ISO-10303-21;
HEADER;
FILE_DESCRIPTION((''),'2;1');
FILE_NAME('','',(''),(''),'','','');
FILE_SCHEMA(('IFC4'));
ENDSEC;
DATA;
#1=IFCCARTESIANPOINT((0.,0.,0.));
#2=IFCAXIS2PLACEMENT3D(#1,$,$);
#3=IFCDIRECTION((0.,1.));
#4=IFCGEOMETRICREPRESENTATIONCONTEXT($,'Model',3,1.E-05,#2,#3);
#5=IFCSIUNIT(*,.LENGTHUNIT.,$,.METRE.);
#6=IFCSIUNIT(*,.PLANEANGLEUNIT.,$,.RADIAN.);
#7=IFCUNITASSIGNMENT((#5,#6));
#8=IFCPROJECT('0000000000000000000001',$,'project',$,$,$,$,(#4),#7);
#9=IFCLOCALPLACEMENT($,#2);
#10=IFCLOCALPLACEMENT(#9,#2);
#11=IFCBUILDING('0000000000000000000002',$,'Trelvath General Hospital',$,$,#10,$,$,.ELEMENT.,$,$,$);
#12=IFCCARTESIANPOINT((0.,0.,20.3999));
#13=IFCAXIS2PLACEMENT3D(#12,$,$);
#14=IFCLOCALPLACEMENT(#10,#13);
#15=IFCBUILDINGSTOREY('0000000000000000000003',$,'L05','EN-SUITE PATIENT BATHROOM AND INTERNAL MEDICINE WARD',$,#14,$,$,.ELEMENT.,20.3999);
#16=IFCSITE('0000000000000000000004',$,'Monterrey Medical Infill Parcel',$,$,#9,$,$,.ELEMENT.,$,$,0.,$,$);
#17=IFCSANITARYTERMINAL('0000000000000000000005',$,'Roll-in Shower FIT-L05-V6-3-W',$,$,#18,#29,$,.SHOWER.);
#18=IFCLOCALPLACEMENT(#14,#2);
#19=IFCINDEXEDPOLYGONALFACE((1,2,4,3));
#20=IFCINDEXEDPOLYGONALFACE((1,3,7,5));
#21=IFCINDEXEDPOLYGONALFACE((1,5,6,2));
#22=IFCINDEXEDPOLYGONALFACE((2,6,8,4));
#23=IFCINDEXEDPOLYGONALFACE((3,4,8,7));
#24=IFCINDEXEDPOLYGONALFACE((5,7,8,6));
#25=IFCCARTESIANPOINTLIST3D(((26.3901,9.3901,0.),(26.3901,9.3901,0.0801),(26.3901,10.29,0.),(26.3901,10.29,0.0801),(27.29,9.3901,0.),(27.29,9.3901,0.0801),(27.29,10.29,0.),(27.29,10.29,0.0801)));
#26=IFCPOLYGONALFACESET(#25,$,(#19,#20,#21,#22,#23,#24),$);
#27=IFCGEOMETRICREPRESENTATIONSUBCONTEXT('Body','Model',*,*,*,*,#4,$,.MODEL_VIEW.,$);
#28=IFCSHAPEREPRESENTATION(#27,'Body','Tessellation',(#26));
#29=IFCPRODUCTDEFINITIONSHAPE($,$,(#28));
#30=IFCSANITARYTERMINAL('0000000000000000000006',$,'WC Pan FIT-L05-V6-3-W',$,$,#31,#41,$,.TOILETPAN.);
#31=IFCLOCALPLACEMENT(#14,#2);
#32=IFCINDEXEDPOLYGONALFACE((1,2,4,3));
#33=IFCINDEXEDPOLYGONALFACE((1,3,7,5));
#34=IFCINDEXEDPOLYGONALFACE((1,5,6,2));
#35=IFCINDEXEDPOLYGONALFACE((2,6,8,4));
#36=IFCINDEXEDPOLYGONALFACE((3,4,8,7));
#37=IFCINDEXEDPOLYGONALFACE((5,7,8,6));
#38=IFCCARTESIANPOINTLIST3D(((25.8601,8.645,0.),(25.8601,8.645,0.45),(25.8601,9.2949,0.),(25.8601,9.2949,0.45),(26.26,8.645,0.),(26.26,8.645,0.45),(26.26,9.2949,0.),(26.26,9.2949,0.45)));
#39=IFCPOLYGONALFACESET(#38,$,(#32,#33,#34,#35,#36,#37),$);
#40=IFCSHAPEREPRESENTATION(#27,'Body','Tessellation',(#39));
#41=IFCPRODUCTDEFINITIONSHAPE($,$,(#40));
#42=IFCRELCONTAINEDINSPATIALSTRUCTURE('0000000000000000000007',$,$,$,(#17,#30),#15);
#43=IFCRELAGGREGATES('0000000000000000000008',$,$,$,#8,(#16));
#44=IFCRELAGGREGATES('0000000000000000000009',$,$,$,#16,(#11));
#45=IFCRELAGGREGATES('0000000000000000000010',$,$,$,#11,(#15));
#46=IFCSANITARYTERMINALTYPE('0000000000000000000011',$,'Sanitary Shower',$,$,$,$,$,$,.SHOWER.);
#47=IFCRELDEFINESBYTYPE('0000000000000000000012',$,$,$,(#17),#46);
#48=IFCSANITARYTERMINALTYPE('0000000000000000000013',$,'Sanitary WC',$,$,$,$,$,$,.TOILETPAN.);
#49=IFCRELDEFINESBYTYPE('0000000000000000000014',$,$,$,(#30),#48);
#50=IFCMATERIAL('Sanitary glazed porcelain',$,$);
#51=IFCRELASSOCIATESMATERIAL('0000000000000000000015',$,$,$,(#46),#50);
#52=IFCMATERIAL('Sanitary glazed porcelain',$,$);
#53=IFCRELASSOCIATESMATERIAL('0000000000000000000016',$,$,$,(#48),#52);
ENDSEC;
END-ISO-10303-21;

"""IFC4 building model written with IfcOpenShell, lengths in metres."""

from ifc_helpers import new_model, si_unit, direction, frame, origin, origin_2d, place, context, subcontext, project, spatial, rectangle, extrude, material, type_object, element, save


model = new_model("IFC4")

# Units and contexts
model_context = context("Model", 3, precision=1e-05, world=origin(), true_north=direction((0.0, 1.0)))
body_context = subcontext(model_context, "Body", "Model", "MODEL_VIEW")
ifc_project = project(units=[si_unit("LENGTHUNIT", "METRE"), si_unit("PLANEANGLEUNIT", "RADIAN")], contexts=[model_context])

# Site, building, storey
site_placement = place(None, origin())
site = spatial("IfcSite", under=ifc_project, at=site_placement, Name="Monterrey Medical Infill Parcel", CompositionType="ELEMENT", RefElevation=0.0)
building_placement = place(site_placement, origin())
building = spatial("IfcBuilding", under=site, at=building_placement, Name="Trelvath General Hospital", CompositionType="ELEMENT")
storey_placement = place(building_placement, frame((0.0, 0.0, 20.3999)))
storey = spatial("IfcBuildingStorey", under=building, at=storey_placement, Name="L05", Description="EN-SUITE PATIENT BATHROOM AND INTERNAL MEDICINE WARD", CompositionType="ELEMENT", Elevation=20.3999)

# Sanitary terminals
ifc_material_1 = material(Name="Sanitary glazed porcelain")
sanitary_terminal_type_1 = type_object("IfcSanitaryTerminalType", Name="Sanitary Shower", PredefinedType="SHOWER", material=ifc_material_1)
sanitary_terminal_1_placement = place(storey_placement, frame((26.8401, 9.8401, 0.0), z_axis=(0.0, 0.0, 1.0), x_axis=(1.0, 0.0, 0.0)))
element("IfcSanitaryTerminal", 1, at=sanitary_terminal_1_placement, inside=storey, type_object=sanitary_terminal_type_1, Name="Roll-in Shower FIT-L05-V6-3-W", PredefinedType="SHOWER", context=body_context, shape_type="SweptSolid", body=[
    extrude(rectangle(XDim=0.8999, YDim=0.8999, at=origin_2d()), origin(), (0.0, 0.0, 1.0), 0.0801),
])
ifc_material_2 = material(Name="Sanitary glazed porcelain")
sanitary_terminal_type_2 = type_object("IfcSanitaryTerminalType", Name="Sanitary WC", PredefinedType="TOILETPAN", material=ifc_material_2)
sanitary_terminal_2_placement = place(storey_placement, frame((26.0601, 8.97, 0.0), z_axis=(0.0, 0.0, 1.0), x_axis=(1.0, 0.0, 0.0)))
element("IfcSanitaryTerminal", 2, at=sanitary_terminal_2_placement, inside=storey, type_object=sanitary_terminal_type_2, Name="WC Pan FIT-L05-V6-3-W", PredefinedType="TOILETPAN", context=body_context, shape_type="SweptSolid", body=[
    extrude(rectangle(XDim=0.3999, YDim=0.6499, at=origin_2d()), origin(), (0.0, 0.0, 1.0), 0.45),
])

save(model, "model.ifc")
